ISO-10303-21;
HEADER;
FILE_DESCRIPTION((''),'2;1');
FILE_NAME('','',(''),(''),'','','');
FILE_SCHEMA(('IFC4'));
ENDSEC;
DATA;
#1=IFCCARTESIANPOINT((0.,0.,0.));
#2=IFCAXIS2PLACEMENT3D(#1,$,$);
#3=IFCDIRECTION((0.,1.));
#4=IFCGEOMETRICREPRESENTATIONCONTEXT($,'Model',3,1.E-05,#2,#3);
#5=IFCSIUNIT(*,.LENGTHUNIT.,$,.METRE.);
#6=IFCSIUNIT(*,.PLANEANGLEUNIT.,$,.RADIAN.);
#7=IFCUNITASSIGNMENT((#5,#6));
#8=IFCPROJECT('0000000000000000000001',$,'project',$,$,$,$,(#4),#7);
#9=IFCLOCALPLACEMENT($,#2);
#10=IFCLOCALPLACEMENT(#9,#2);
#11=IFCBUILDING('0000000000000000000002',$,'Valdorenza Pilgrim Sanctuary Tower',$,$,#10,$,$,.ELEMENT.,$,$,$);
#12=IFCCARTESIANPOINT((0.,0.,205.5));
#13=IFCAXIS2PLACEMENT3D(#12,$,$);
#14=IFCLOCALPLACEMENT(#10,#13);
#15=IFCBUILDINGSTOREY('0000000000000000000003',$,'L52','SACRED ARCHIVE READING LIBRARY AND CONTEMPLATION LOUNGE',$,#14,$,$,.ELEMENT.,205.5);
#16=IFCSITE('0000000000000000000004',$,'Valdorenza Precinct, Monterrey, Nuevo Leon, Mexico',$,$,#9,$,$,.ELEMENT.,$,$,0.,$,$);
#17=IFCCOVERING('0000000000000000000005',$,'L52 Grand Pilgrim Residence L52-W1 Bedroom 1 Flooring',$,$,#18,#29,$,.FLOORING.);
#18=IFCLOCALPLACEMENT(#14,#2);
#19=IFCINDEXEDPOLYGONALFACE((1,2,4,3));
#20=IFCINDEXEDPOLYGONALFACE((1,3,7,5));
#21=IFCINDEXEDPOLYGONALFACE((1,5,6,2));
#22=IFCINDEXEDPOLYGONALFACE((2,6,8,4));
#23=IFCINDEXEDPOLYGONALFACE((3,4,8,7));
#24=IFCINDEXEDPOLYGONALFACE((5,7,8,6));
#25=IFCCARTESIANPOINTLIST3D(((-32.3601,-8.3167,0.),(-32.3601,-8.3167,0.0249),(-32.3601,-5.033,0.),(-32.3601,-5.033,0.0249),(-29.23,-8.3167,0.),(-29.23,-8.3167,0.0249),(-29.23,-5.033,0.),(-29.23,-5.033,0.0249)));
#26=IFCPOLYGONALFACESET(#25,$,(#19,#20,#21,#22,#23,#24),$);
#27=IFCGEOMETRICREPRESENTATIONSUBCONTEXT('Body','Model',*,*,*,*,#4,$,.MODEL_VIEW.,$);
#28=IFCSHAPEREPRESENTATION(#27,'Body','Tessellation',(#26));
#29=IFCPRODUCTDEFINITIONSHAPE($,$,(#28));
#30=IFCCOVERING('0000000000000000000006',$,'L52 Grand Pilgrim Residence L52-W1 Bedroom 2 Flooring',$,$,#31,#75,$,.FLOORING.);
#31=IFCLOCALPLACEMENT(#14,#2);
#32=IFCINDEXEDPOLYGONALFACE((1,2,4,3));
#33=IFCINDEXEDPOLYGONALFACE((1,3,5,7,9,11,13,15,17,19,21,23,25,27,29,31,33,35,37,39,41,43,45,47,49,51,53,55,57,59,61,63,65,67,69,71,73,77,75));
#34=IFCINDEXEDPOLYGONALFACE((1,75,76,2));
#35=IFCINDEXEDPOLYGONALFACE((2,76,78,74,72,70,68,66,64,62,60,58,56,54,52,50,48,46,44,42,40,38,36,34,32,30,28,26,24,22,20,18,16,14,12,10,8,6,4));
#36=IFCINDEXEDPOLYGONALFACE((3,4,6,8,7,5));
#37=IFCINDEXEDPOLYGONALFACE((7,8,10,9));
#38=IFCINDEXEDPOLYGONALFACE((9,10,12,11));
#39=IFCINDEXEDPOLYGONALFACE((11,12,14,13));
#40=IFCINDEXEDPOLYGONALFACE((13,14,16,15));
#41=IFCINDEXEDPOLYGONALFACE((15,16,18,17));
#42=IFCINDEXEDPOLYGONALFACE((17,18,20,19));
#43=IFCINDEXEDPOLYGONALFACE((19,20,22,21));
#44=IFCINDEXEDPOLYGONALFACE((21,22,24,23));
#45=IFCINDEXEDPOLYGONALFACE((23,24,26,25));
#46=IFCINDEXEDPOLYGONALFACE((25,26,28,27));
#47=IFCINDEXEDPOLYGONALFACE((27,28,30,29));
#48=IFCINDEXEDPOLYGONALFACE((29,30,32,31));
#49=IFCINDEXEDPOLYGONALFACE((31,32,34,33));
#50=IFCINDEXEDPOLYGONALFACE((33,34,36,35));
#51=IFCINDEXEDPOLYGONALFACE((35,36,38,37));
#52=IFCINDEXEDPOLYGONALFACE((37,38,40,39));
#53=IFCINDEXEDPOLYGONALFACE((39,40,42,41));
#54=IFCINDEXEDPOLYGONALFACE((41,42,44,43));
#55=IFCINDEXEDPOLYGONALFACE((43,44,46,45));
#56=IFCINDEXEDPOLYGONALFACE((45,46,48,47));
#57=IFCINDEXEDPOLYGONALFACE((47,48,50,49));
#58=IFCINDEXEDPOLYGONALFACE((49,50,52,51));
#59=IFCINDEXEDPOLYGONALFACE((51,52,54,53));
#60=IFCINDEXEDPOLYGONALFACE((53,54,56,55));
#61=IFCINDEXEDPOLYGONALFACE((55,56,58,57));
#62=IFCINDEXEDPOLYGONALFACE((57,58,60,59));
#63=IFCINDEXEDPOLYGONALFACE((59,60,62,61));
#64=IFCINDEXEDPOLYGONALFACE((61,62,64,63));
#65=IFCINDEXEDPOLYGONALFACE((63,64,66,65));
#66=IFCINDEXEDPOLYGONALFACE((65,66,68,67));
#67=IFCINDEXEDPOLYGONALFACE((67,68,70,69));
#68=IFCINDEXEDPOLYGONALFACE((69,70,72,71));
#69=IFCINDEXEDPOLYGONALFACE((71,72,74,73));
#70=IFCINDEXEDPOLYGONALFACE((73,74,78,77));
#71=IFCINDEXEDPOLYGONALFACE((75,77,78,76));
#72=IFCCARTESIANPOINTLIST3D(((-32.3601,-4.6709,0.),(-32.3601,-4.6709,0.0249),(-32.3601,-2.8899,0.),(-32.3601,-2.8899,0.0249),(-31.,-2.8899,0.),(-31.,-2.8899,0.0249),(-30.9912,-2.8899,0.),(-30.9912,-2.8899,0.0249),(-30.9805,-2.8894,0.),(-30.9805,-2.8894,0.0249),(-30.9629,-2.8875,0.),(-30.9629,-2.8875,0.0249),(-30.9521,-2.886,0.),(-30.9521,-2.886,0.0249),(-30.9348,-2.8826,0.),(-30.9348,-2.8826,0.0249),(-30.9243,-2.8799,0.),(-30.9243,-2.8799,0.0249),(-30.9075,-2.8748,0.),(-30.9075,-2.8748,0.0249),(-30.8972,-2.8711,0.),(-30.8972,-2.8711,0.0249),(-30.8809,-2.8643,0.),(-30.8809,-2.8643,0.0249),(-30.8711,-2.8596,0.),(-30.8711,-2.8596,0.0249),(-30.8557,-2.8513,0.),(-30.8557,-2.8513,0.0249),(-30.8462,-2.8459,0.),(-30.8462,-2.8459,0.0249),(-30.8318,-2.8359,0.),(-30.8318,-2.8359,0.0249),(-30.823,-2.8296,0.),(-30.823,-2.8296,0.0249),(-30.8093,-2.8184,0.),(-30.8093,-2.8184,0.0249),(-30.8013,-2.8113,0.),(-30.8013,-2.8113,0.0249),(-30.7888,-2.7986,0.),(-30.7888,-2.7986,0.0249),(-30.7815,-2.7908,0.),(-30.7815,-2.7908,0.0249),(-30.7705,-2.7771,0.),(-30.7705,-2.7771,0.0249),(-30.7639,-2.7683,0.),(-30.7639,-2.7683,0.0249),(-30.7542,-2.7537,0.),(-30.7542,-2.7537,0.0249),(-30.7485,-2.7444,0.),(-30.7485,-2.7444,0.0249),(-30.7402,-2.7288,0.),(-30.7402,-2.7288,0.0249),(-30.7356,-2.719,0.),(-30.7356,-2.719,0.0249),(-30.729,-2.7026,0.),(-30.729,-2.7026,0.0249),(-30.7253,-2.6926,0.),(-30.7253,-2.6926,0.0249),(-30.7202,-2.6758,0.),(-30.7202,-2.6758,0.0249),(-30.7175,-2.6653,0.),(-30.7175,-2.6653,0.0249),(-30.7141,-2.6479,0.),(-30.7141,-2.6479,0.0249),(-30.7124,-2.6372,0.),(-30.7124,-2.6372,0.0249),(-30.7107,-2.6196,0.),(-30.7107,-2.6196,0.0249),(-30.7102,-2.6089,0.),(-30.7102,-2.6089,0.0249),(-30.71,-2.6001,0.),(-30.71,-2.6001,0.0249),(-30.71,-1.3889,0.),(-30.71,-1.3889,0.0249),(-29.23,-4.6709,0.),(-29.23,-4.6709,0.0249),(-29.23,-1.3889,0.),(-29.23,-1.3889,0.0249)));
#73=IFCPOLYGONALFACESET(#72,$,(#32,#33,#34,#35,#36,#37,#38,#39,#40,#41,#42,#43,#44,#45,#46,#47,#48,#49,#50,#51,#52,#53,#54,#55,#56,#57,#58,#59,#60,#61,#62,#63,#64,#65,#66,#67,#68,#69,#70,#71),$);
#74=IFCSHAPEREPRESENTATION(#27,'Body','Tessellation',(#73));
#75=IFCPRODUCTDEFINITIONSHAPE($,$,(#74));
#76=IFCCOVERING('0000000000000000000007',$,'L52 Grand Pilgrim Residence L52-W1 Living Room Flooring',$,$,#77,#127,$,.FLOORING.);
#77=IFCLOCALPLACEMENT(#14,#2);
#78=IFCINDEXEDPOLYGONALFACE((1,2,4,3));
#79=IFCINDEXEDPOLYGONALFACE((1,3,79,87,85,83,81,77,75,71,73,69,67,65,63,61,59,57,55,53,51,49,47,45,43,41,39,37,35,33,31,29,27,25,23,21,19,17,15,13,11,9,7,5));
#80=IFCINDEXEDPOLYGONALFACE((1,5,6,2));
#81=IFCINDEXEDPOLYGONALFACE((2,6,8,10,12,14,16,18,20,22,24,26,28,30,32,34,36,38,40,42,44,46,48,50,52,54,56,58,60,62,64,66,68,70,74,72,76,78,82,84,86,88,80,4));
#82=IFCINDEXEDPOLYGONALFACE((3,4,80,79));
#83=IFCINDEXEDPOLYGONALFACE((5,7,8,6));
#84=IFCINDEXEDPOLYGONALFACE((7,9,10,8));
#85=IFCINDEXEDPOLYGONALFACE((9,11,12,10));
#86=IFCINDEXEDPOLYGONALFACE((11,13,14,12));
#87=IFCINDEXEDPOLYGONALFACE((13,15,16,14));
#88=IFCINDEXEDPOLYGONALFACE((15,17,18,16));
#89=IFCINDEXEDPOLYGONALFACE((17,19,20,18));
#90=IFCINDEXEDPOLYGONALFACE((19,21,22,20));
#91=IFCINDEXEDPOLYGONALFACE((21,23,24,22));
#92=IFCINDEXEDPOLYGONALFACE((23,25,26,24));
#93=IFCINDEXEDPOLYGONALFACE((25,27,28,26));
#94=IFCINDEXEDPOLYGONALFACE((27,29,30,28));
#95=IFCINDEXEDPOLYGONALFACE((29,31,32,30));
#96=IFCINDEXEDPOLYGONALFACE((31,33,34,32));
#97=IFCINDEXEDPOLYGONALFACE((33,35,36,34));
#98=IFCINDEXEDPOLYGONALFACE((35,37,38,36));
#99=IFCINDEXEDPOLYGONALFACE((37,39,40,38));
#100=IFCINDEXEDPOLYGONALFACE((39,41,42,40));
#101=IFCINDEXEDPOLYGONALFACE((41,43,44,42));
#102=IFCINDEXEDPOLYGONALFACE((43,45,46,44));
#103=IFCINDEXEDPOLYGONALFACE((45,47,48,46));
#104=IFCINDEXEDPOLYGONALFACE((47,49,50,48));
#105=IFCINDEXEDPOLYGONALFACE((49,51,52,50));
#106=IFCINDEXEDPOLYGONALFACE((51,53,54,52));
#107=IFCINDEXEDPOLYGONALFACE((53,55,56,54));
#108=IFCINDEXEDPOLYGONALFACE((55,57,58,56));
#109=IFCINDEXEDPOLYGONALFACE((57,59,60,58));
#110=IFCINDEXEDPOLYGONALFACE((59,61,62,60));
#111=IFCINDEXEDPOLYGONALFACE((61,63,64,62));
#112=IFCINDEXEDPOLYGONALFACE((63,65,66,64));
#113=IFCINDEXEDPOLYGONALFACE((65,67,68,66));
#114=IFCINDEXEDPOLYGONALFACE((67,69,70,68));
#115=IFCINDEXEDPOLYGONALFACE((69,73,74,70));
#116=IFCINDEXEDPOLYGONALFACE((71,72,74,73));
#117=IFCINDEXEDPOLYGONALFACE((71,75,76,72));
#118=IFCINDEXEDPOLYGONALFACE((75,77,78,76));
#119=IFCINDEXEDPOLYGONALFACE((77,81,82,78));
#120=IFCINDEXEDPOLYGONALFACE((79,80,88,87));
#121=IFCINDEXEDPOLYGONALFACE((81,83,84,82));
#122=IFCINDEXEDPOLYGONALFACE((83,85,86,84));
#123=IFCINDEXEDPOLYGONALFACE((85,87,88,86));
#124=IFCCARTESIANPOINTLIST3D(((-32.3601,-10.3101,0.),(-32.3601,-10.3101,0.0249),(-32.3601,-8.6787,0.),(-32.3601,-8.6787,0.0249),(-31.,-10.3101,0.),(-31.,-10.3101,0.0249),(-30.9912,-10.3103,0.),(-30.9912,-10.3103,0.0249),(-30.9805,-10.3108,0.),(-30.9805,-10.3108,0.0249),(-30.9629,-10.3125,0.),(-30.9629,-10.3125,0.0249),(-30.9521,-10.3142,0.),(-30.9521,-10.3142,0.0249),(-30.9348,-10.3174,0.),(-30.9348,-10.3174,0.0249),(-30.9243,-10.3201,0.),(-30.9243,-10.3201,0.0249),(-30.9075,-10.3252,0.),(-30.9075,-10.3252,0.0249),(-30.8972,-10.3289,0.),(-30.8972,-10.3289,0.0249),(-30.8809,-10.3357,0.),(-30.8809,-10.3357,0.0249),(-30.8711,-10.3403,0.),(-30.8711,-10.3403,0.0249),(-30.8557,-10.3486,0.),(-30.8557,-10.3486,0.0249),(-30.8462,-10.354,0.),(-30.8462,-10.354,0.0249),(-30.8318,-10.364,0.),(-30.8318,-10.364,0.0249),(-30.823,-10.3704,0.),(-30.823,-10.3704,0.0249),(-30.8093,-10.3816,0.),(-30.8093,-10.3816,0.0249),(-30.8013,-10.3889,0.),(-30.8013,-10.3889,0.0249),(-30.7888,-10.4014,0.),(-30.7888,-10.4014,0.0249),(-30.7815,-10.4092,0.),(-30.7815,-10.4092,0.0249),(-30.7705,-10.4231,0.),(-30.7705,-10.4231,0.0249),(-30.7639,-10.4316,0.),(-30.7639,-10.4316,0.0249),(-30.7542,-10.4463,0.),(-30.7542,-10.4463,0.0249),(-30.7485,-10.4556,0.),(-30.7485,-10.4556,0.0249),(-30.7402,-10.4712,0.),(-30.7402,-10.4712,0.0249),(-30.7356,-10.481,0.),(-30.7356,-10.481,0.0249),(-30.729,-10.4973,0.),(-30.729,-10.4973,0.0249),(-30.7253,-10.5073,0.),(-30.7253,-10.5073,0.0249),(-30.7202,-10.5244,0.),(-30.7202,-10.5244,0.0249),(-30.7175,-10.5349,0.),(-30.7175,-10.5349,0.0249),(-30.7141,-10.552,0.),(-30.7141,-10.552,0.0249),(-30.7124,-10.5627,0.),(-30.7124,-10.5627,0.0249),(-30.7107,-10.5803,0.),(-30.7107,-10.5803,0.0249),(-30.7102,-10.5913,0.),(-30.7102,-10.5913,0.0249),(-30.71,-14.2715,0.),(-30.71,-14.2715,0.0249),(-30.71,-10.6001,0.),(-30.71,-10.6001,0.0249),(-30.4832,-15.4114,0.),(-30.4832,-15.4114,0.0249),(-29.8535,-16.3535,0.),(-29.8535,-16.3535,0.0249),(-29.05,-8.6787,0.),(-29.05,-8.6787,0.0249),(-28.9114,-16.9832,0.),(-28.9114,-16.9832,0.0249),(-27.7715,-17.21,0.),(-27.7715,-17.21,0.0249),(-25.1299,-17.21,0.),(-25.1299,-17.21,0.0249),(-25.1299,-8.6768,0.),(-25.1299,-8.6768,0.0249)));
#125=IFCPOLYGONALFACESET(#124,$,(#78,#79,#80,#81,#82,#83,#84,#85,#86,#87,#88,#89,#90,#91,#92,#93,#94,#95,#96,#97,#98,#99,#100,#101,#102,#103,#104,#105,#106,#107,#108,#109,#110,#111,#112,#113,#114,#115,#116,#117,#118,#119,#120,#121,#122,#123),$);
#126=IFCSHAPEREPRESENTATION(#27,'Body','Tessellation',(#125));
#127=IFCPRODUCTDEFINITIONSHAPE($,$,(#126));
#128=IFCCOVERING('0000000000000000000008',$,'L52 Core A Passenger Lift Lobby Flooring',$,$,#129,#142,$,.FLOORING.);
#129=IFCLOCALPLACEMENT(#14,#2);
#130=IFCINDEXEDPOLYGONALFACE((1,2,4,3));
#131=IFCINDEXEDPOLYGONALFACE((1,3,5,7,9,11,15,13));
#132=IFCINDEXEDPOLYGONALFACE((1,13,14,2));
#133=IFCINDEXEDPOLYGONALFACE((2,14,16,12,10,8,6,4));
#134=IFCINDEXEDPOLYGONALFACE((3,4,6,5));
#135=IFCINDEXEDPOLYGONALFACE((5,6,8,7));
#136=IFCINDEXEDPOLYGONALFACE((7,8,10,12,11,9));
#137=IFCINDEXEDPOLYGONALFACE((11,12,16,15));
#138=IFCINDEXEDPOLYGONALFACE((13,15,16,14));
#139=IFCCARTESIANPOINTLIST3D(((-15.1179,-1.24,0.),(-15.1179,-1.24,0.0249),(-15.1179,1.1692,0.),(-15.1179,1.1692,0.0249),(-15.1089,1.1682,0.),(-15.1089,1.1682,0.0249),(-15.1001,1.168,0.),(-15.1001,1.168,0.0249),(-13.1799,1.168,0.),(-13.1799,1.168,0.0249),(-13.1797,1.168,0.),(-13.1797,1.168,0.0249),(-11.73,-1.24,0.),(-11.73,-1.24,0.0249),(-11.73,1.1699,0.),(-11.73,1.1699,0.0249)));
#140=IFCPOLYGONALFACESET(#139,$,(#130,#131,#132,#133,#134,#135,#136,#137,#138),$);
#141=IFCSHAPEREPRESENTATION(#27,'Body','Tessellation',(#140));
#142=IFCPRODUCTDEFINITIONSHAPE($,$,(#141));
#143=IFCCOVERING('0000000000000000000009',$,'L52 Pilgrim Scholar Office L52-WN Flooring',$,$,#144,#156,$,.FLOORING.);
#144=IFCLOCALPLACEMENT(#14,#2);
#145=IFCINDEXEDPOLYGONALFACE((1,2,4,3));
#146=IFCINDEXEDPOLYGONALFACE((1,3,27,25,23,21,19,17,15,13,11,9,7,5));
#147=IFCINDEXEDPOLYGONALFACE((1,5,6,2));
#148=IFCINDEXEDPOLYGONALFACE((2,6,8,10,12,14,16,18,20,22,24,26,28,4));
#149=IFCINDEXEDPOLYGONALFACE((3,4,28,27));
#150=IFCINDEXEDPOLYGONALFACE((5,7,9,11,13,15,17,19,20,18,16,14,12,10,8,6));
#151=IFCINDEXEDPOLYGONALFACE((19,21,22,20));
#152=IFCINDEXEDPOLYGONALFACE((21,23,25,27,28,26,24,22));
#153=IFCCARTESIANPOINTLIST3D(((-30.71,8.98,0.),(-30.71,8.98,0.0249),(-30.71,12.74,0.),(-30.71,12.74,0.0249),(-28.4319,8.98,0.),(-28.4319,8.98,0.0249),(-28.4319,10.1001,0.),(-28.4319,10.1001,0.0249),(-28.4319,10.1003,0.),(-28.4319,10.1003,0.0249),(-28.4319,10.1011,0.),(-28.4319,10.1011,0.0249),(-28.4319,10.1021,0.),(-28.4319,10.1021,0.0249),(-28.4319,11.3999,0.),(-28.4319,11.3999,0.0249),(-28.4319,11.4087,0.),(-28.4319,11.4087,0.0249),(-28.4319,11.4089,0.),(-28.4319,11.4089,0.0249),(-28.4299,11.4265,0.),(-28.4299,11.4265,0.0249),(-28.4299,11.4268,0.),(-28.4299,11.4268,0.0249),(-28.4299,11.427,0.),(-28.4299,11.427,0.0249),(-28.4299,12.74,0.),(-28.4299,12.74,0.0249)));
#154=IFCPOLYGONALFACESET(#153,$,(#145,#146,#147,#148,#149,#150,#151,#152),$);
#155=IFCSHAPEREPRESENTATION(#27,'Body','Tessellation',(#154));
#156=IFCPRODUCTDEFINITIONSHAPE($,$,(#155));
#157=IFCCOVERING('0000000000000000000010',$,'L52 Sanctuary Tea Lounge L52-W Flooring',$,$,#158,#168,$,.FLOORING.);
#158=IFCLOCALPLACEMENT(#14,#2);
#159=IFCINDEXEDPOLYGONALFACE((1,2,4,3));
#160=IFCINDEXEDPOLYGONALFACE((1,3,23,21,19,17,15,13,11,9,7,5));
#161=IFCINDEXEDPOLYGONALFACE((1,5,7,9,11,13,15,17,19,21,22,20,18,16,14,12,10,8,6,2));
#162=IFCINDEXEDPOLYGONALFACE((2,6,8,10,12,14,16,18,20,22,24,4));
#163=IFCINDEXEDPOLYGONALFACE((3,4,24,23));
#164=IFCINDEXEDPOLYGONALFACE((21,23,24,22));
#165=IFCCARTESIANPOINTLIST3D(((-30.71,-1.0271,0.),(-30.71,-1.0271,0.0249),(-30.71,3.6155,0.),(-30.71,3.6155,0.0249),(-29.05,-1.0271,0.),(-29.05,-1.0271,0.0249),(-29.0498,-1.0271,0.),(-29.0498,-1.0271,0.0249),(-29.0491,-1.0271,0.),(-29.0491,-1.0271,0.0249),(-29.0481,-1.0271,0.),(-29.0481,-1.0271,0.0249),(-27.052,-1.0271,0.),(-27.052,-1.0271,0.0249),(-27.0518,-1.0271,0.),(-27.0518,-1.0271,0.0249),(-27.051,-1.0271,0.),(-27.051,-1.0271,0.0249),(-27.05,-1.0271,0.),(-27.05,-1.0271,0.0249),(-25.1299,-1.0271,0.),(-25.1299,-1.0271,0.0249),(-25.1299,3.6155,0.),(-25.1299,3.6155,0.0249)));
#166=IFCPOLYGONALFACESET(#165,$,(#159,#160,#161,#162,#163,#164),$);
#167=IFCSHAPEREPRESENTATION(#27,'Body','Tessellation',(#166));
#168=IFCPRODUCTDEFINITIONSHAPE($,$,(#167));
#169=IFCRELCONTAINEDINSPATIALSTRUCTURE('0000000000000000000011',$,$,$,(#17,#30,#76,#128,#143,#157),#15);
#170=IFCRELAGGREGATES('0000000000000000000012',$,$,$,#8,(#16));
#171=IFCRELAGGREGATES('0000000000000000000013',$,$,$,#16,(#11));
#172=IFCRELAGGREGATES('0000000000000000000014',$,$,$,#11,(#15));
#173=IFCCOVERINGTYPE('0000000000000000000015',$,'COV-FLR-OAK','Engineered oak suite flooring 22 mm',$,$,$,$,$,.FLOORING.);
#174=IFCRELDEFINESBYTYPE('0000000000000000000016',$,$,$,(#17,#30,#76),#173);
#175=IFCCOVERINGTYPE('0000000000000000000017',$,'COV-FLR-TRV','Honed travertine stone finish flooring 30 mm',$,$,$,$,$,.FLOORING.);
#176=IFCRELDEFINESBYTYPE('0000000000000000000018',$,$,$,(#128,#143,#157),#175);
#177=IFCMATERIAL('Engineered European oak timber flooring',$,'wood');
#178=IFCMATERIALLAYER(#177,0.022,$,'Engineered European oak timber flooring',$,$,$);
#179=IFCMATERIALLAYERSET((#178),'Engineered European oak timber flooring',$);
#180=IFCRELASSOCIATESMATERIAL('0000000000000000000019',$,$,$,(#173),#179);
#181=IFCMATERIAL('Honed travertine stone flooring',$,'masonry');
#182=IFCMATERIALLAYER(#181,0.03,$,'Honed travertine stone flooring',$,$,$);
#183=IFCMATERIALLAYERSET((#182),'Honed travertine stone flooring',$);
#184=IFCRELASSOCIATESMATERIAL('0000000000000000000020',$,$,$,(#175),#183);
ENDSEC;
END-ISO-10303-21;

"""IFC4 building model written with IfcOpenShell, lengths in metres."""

from ifc_helpers import new_model, si_unit, direction, frame, origin, place, context, subcontext, project, spatial, polyline, outline, extrude, material, layer, layer_set, type_object, element, save


model = new_model("IFC4")

# Units and contexts
model_context = context("Model", 3, precision=1e-05, world=origin(), true_north=direction((0.0, 1.0)))
body_context = subcontext(model_context, "Body", "Model", "MODEL_VIEW")
ifc_project = project(units=[si_unit("LENGTHUNIT", "METRE"), si_unit("PLANEANGLEUNIT", "RADIAN")], contexts=[model_context])

# Site, building, storey
site_placement = place(None, origin())
site = spatial("IfcSite", under=ifc_project, at=site_placement, Name="Valdorenza Precinct, Monterrey, Nuevo Leon, Mexico", CompositionType="ELEMENT", RefElevation=0.0)
building_placement = place(site_placement, origin())
building = spatial("IfcBuilding", under=site, at=building_placement, Name="Valdorenza Pilgrim Sanctuary Tower", CompositionType="ELEMENT")
storey_placement = place(building_placement, frame((0.0, 0.0, 205.5)))
storey = spatial("IfcBuildingStorey", under=building, at=storey_placement, Name="L52", Description="SACRED ARCHIVE READING LIBRARY AND CONTEMPLATION LOUNGE", CompositionType="ELEMENT", Elevation=205.5)

# Coverings
ifc_material_1 = material(Name="Engineered European oak timber flooring", Category="wood")
ifc_layer_1 = layer(ifc_material_1, 0.022, Name="Engineered European oak timber flooring")
ifc_layer_set_1 = layer_set([ifc_layer_1], Name="Engineered European oak timber flooring")
covering_type_1 = type_object("IfcCoveringType", Name="COV-FLR-OAK", Description="Engineered oak suite flooring 22 mm", PredefinedType="FLOORING", material=ifc_layer_set_1)
covering_1_placement = place(storey_placement, origin())
element("IfcCovering", 1, at=covering_1_placement, inside=storey, type_object=covering_type_1, Name="L52 Grand Pilgrim Residence L52-W1 Bedroom 1 Flooring", PredefinedType="FLOORING", context=body_context, shape_type="SweptSolid", body=[
    extrude(outline(polyline([(-29.23, -8.3167), (-32.3601, -8.3167), (-32.3601, -5.033), (-29.23, -5.033), (-29.23, -8.3167)])), origin(), (0.0, 0.0, 1.0), 0.0249),
])
covering_2_placement = place(storey_placement, origin())
element("IfcCovering", 2, at=covering_2_placement, inside=storey, type_object=covering_type_1, Name="L52 Grand Pilgrim Residence L52-W1 Bedroom 2 Flooring", PredefinedType="FLOORING", context=body_context, shape_type="SweptSolid", body=[
    extrude(outline(polyline([(-29.23, -4.6709), (-32.3601, -4.6709), (-32.3601, -2.8899), (-31.0, -2.8899), (-30.9912, -2.8899), (-30.9805, -2.8894), (-30.9629, -2.8875), (-30.9521, -2.886), (-30.9348, -2.8826), (-30.9243, -2.8799), (-30.9075, -2.8748), (-30.8972, -2.8711), (-30.8809, -2.8643), (-30.8711, -2.8596), (-30.8557, -2.8513), (-30.8462, -2.8459), (-30.8318, -2.8359), (-30.823, -2.8296), (-30.8093, -2.8184), (-30.8013, -2.8113), (-30.7888, -2.7986), (-30.7815, -2.7908), (-30.7705, -2.7771), (-30.7639, -2.7683), (-30.7542, -2.7537), (-30.7485, -2.7444), (-30.7402, -2.7288), (-30.7356, -2.719), (-30.729, -2.7026), (-30.7253, -2.6926), (-30.7202, -2.6758), (-30.7175, -2.6653), (-30.7141, -2.6479), (-30.7124, -2.6372), (-30.7107, -2.6196), (-30.7102, -2.6089), (-30.71, -2.6001), (-30.71, -1.3889), (-29.23, -1.3889), (-29.23, -4.6709)])), origin(), (0.0, 0.0, 1.0), 0.0249),
])
covering_3_placement = place(storey_placement, origin())
element("IfcCovering", 3, at=covering_3_placement, inside=storey, type_object=covering_type_1, Name="L52 Grand Pilgrim Residence L52-W1 Living Room Flooring", PredefinedType="FLOORING", context=body_context, shape_type="SweptSolid", body=[
    extrude(outline(polyline([(-28.9114, -16.9832), (-29.8535, -16.3535), (-30.4832, -15.4114), (-30.71, -14.2715), (-30.71, -10.6001), (-30.7102, -10.5913), (-30.7107, -10.5803), (-30.7124, -10.5627), (-30.7141, -10.552), (-30.7175, -10.5349), (-30.7202, -10.5244), (-30.7253, -10.5073), (-30.729, -10.4973), (-30.7356, -10.481), (-30.7402, -10.4712), (-30.7485, -10.4556), (-30.7542, -10.4463), (-30.7639, -10.4316), (-30.7705, -10.4231), (-30.7815, -10.4092), (-30.7888, -10.4014), (-30.8013, -10.3889), (-30.8093, -10.3816), (-30.823, -10.3704), (-30.8318, -10.364), (-30.8462, -10.354), (-30.8557, -10.3486), (-30.8711, -10.3403), (-30.8809, -10.3357), (-30.8972, -10.3289), (-30.9075, -10.3252), (-30.9243, -10.3201), (-30.9348, -10.3174), (-30.9521, -10.3142), (-30.9629, -10.3125), (-30.9805, -10.3108), (-30.9912, -10.3103), (-31.0, -10.3101), (-32.3601, -10.3101), (-32.3601, -8.6787), (-29.05, -8.6787), (-25.1299, -8.6768), (-25.1299, -17.21), (-27.7715, -17.21), (-28.9114, -16.9832)])), origin(), (0.0, 0.0, 1.0), 0.0249),
])
ifc_material_2 = material(Name="Honed travertine stone flooring", Category="masonry")
ifc_layer_2 = layer(ifc_material_2, 0.03, Name="Honed travertine stone flooring")
ifc_layer_set_2 = layer_set([ifc_layer_2], Name="Honed travertine stone flooring")
covering_type_2 = type_object("IfcCoveringType", Name="COV-FLR-TRV", Description="Honed travertine stone finish flooring 30 mm", PredefinedType="FLOORING", material=ifc_layer_set_2)
covering_4_placement = place(storey_placement, origin())
element("IfcCovering", 4, at=covering_4_placement, inside=storey, type_object=covering_type_2, Name="L52 Core A Passenger Lift Lobby Flooring", PredefinedType="FLOORING", context=body_context, shape_type="SweptSolid", body=[
    extrude(outline(polyline([(-15.1179, 1.1692), (-15.1089, 1.1682), (-15.1089, 1.1682), (-15.1001, 1.168), (-13.1799, 1.168), (-13.1797, 1.168), (-11.73, 1.1699), (-11.73, -1.24), (-15.1179, -1.24), (-15.1179, 1.1692)])), origin(), (0.0, 0.0, 1.0), 0.0249),
])
covering_5_placement = place(storey_placement, origin())
element("IfcCovering", 5, at=covering_5_placement, inside=storey, type_object=covering_type_2, Name="L52 Pilgrim Scholar Office L52-WN Flooring", PredefinedType="FLOORING", context=body_context, shape_type="SweptSolid", body=[
    extrude(outline(polyline([(-28.4319, 10.1003), (-28.4319, 10.1001), (-28.4319, 8.98), (-30.71, 8.98), (-30.71, 12.74), (-28.4299, 12.74), (-28.4299, 11.427), (-28.4299, 11.4268), (-28.4299, 11.4265), (-28.4319, 11.4089), (-28.4319, 11.4087), (-28.4319, 11.3999), (-28.4319, 10.1021), (-28.4319, 10.1011), (-28.4319, 10.1003)])), origin(), (0.0, 0.0, 1.0), 0.0249),
])
covering_6_placement = place(storey_placement, origin())
element("IfcCovering", 6, at=covering_6_placement, inside=storey, type_object=covering_type_2, Name="L52 Sanctuary Tea Lounge L52-W Flooring", PredefinedType="FLOORING", context=body_context, shape_type="SweptSolid", body=[
    extrude(outline(polyline([(-29.0498, -1.0271), (-29.05, -1.0271), (-30.71, -1.0271), (-30.71, 3.6155), (-25.1299, 3.6155), (-25.1299, -1.0271), (-27.05, -1.0271), (-27.051, -1.0271), (-27.0518, -1.0271), (-27.052, -1.0271), (-29.0481, -1.0271), (-29.0491, -1.0271), (-29.0498, -1.0271)])), origin(), (0.0, 0.0, 1.0), 0.0249),
])

save(model, "model.ifc")
